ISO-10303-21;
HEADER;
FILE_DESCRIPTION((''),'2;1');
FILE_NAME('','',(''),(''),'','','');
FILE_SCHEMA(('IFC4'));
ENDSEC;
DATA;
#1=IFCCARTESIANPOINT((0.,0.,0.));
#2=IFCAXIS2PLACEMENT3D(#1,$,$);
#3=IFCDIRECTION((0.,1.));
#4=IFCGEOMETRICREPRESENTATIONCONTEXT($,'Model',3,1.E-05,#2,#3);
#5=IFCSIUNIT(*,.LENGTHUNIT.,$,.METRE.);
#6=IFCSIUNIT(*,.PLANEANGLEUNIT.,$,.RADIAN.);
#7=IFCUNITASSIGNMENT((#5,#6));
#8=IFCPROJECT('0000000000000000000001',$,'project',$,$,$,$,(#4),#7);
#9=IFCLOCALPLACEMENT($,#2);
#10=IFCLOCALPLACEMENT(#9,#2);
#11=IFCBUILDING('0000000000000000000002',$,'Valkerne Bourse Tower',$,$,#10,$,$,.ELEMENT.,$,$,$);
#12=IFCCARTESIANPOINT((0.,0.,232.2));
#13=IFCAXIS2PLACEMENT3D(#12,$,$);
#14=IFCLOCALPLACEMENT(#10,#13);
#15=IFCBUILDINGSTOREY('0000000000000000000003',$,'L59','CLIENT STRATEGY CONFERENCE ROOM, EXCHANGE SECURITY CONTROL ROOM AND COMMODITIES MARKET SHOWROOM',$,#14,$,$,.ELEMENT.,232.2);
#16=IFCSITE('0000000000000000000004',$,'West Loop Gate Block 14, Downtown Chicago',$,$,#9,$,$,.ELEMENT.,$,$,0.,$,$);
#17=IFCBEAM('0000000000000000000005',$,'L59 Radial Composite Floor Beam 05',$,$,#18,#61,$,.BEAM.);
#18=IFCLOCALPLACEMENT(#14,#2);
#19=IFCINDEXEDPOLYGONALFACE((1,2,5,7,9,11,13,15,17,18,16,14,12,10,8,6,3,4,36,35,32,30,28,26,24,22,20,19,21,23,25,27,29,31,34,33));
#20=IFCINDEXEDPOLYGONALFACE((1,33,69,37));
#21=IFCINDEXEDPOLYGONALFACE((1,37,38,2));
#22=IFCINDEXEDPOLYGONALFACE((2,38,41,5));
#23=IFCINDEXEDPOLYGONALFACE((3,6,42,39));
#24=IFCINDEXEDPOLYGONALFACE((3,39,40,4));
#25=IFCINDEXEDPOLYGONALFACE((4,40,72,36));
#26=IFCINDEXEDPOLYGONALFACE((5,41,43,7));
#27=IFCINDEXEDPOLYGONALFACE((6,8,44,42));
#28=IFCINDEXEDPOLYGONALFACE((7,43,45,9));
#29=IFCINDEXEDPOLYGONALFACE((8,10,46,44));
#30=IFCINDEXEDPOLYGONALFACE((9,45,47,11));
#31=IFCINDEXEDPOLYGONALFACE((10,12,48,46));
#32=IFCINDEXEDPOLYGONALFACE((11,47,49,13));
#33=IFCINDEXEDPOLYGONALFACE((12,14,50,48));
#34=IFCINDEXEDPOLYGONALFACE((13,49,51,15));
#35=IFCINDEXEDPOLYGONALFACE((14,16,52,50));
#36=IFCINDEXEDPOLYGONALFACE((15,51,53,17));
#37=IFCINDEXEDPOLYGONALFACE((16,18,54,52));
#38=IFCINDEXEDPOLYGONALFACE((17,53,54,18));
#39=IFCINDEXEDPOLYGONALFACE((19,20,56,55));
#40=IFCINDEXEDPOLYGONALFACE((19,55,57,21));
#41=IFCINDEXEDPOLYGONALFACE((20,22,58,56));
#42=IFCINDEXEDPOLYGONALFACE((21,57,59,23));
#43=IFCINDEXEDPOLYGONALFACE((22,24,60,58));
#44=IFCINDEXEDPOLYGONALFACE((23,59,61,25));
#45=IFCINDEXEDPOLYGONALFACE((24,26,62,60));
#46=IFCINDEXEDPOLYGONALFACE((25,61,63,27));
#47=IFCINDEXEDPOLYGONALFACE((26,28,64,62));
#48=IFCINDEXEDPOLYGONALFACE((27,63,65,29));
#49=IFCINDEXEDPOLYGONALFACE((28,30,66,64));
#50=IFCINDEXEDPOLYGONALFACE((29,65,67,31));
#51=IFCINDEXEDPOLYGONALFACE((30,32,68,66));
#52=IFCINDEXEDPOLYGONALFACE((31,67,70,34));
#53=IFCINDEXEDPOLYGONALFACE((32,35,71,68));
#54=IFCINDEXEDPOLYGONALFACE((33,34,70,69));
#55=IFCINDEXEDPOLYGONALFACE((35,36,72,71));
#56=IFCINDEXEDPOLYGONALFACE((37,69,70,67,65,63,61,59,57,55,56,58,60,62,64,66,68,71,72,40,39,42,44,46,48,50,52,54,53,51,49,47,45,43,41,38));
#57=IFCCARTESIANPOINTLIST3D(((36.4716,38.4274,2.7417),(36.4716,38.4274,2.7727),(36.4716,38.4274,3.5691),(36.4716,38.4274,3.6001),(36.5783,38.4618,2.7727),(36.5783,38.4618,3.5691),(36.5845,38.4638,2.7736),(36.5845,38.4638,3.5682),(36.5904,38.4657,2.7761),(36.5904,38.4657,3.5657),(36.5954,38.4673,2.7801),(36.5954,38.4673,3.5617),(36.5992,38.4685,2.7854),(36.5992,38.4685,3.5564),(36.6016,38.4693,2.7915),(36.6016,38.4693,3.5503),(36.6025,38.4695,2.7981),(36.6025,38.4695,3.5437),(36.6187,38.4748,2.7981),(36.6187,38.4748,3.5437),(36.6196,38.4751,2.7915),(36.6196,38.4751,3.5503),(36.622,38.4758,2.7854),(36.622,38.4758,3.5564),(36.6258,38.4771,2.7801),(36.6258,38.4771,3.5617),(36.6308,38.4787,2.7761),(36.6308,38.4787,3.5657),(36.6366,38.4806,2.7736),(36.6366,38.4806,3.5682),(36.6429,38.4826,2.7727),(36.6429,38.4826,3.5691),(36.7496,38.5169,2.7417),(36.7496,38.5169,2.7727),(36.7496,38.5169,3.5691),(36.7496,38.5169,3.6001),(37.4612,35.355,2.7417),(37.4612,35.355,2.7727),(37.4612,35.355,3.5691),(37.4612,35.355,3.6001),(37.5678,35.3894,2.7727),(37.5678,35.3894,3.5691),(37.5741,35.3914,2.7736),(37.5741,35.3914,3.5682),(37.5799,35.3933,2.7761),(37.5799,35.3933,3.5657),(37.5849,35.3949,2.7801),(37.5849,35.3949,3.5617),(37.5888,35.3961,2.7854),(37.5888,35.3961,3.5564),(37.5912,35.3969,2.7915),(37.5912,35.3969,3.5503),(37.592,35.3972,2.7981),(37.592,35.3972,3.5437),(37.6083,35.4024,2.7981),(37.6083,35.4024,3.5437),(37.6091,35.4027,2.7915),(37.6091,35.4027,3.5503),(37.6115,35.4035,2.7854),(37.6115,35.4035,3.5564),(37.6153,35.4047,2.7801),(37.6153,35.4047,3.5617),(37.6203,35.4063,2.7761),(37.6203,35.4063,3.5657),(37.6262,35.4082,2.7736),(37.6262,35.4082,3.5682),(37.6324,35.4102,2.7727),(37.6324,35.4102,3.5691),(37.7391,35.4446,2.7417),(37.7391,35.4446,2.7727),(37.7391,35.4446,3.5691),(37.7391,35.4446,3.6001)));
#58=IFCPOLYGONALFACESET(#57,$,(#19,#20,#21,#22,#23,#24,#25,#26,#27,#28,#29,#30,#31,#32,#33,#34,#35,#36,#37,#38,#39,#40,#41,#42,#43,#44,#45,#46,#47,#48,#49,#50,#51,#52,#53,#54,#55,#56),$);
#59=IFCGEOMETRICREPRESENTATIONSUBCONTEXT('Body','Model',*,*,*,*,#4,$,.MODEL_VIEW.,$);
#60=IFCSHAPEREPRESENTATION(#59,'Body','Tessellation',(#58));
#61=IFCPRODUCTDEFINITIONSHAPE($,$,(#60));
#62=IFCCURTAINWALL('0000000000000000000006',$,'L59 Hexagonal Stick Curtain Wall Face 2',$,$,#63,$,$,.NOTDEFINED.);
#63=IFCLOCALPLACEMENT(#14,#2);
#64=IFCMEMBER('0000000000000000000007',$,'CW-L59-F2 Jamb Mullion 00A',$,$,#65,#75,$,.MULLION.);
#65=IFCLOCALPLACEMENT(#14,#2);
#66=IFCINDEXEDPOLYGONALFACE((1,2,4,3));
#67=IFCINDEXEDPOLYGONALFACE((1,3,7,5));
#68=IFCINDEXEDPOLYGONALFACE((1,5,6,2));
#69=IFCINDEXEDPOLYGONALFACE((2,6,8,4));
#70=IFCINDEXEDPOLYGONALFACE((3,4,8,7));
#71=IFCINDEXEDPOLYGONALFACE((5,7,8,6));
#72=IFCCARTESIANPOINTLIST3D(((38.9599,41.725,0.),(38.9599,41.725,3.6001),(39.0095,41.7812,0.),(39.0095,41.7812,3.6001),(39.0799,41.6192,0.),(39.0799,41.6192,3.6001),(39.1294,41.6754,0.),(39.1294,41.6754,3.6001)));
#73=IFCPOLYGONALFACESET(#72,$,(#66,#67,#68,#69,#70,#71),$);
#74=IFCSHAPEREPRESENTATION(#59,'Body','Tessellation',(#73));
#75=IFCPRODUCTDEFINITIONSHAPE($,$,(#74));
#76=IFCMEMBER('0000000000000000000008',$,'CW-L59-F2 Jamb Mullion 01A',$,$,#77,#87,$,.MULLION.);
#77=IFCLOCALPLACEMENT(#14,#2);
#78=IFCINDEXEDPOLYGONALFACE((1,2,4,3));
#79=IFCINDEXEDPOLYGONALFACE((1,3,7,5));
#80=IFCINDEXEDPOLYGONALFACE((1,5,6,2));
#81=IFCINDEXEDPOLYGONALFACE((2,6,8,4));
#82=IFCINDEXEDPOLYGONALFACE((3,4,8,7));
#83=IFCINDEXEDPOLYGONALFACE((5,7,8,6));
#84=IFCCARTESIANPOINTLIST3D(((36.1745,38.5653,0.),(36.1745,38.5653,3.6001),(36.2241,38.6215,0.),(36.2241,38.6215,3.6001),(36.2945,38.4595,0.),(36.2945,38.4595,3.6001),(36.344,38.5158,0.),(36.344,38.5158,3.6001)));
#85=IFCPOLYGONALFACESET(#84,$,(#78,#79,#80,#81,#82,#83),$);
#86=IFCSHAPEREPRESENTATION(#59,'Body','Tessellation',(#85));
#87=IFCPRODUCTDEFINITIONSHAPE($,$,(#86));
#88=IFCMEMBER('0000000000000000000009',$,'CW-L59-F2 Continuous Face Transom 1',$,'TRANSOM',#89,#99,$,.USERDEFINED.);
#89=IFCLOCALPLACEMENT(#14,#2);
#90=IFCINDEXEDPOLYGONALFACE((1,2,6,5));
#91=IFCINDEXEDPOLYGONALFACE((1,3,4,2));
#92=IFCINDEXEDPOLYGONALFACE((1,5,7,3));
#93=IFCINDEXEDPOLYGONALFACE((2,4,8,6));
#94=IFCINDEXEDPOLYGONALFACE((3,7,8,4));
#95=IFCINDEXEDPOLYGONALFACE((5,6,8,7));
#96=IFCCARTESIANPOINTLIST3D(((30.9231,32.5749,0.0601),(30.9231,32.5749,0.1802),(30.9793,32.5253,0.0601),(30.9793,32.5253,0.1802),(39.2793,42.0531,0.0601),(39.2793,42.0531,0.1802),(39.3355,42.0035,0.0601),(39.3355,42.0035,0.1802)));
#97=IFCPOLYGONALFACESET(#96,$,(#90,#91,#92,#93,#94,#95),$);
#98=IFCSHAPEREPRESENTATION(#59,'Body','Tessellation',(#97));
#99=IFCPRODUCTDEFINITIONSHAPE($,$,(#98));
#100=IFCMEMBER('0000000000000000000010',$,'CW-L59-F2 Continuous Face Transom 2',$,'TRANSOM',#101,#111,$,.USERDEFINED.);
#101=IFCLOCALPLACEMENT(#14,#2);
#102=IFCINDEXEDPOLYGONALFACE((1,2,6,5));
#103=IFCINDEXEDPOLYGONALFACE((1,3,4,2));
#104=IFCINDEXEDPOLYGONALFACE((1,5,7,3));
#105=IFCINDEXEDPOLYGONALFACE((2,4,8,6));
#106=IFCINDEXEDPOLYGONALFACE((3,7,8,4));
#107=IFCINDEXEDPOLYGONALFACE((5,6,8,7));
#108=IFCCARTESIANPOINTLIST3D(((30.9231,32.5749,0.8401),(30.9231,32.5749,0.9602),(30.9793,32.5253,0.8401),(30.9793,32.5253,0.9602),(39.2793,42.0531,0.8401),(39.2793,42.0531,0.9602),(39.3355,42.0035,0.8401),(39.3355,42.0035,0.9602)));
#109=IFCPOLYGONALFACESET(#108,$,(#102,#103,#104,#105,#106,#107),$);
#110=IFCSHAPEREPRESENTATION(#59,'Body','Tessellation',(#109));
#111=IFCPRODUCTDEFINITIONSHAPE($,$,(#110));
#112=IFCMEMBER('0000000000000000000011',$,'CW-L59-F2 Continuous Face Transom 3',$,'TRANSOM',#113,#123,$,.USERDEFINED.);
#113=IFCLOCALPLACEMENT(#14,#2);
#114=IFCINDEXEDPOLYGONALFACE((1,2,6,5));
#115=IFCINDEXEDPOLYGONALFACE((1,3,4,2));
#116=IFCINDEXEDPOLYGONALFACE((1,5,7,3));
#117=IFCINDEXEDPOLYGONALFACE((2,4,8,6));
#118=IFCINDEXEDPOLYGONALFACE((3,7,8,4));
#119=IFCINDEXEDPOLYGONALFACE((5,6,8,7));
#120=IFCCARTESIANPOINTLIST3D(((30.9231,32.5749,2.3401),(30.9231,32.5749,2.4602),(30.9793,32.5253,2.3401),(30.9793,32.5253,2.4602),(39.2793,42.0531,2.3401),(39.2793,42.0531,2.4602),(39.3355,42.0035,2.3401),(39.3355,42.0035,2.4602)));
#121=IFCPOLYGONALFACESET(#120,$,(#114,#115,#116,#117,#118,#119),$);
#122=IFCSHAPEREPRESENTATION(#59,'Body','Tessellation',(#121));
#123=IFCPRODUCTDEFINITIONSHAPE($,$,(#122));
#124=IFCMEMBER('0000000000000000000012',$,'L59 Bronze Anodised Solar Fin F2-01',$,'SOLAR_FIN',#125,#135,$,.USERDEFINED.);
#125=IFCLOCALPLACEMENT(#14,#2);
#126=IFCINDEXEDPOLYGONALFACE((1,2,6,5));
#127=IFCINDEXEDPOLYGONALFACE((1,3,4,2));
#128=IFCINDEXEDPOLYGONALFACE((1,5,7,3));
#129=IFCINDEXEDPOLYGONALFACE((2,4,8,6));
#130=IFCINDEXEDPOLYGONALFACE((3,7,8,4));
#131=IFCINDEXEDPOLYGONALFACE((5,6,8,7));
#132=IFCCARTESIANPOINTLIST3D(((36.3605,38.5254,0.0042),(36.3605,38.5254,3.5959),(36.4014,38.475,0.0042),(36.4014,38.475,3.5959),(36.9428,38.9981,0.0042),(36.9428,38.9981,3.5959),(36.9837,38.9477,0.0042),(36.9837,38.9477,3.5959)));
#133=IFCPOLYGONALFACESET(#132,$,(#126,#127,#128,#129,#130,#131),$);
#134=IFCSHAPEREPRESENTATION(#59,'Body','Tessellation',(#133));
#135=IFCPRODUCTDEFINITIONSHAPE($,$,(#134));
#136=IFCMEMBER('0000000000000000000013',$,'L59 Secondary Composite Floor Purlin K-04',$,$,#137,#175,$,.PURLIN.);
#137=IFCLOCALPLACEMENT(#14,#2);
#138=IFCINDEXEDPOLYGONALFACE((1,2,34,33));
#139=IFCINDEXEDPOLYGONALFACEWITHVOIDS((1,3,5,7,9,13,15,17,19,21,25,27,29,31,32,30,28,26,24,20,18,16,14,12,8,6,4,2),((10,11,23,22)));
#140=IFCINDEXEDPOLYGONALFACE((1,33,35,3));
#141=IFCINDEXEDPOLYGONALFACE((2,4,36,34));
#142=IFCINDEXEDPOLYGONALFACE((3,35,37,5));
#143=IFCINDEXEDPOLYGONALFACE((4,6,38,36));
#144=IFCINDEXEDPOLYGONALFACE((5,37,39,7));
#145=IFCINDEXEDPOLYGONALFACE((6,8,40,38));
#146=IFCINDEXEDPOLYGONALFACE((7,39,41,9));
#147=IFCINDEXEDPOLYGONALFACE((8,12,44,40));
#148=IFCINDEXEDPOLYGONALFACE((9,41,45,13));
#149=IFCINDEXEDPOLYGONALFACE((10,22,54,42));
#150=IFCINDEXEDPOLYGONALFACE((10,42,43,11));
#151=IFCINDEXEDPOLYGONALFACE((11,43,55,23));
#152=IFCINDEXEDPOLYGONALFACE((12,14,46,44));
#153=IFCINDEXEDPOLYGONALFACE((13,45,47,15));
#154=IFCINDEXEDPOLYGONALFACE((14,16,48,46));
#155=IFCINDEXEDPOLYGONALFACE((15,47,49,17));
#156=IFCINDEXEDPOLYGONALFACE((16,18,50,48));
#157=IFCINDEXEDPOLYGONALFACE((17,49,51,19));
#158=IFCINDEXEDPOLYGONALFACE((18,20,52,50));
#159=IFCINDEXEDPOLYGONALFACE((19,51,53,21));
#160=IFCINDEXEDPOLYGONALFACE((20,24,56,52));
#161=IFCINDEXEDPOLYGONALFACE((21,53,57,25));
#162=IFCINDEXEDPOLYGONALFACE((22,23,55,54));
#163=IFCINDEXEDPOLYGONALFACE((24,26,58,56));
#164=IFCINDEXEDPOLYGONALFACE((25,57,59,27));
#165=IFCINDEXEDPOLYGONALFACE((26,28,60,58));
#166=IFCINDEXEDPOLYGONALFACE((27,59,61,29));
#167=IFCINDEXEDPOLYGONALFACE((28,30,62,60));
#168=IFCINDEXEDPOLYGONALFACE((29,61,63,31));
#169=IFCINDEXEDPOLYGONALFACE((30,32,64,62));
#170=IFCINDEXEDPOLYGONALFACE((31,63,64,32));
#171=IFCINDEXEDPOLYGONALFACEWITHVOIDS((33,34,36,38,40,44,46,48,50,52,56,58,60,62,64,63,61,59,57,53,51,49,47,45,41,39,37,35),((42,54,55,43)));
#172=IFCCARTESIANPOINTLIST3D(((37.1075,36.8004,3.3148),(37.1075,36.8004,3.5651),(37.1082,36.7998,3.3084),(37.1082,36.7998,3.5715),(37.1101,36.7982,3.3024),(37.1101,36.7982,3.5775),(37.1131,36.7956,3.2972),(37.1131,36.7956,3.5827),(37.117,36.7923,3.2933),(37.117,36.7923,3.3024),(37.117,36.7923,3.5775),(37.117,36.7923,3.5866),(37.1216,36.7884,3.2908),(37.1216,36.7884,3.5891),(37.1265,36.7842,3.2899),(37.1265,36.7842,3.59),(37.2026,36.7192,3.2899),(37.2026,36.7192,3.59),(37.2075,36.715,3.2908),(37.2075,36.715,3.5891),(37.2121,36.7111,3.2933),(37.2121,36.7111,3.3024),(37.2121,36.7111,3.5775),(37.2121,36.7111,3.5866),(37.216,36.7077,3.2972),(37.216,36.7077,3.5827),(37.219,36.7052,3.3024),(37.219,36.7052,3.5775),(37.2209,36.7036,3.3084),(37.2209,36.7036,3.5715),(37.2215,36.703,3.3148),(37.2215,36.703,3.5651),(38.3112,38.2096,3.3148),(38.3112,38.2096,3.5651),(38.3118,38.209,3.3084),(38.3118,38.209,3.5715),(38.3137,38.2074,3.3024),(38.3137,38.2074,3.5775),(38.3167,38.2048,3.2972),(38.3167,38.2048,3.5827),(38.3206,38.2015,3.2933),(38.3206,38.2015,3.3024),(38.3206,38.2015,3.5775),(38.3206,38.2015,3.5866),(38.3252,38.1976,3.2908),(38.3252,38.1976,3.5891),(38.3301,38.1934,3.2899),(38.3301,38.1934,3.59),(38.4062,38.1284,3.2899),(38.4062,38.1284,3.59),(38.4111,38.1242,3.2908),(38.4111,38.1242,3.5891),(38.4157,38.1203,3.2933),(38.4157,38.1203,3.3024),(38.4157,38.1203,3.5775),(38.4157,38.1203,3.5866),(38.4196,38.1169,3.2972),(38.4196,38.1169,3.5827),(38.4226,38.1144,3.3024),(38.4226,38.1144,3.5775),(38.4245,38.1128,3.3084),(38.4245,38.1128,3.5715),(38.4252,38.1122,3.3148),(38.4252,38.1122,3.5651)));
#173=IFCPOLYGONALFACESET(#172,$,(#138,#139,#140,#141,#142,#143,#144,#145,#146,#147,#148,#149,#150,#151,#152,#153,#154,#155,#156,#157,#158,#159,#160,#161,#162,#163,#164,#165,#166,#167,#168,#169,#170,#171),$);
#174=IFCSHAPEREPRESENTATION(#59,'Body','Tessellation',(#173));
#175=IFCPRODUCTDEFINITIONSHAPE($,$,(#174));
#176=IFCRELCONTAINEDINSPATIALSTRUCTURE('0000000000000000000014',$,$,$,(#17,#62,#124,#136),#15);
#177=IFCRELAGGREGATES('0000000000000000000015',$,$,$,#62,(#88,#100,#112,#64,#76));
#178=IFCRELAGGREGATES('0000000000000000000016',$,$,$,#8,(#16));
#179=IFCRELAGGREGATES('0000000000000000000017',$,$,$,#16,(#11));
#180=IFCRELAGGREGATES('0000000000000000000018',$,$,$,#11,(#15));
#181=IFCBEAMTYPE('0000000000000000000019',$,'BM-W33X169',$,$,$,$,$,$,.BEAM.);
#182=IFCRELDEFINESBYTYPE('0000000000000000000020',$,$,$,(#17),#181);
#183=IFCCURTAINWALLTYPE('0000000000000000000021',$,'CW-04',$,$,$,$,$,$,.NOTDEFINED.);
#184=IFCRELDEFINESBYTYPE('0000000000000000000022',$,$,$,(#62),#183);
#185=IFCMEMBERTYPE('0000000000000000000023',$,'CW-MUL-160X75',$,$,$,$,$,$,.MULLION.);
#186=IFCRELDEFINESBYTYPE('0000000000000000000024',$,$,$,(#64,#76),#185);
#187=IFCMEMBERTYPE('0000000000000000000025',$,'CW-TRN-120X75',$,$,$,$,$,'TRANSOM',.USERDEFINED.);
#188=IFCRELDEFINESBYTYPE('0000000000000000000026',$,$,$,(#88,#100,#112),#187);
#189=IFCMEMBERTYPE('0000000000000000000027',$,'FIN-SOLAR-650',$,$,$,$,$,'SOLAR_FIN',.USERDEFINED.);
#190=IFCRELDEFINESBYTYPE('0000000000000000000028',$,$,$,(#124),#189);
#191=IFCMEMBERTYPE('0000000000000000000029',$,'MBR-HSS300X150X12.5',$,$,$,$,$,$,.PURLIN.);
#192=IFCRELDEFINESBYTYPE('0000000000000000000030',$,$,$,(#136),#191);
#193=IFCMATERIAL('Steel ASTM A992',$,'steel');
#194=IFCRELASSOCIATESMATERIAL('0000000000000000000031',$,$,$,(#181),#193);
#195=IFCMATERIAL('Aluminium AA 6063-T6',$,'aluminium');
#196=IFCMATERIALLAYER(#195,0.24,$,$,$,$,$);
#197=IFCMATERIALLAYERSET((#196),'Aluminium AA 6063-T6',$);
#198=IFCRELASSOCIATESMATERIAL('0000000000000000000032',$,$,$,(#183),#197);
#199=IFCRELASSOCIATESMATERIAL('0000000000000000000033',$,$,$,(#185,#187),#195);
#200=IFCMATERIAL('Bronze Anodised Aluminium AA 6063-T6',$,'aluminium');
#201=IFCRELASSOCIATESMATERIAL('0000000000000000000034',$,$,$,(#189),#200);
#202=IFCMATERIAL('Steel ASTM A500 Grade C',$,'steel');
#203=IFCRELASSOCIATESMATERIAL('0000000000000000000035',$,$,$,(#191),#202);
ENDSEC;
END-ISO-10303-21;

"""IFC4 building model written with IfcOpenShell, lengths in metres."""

from ifc_helpers import new_model, si_unit, direction, frame, origin, origin_2d, place, context, subcontext, project, spatial, rectangle, hollow_rectangle, i_section, extrude, material, layer, layer_set, material_profile, profile_set, type_object, element, aggregate, save


model = new_model("IFC4")

# Units and contexts
model_context = context("Model", 3, precision=1e-05, world=origin(), true_north=direction((0.0, 1.0)))
body_context = subcontext(model_context, "Body", "Model", "MODEL_VIEW")
ifc_project = project(units=[si_unit("LENGTHUNIT", "METRE"), si_unit("PLANEANGLEUNIT", "RADIAN")], contexts=[model_context])

# Site, building, storey
site_placement = place(None, origin())
site = spatial("IfcSite", under=ifc_project, at=site_placement, Name="West Loop Gate Block 14, Downtown Chicago", CompositionType="ELEMENT", RefElevation=0.0)
building_placement = place(site_placement, origin())
building = spatial("IfcBuilding", under=site, at=building_placement, Name="Valkerne Bourse Tower", CompositionType="ELEMENT")
storey_placement = place(building_placement, frame((0.0, 0.0, 232.2)))
storey = spatial("IfcBuildingStorey", under=building, at=storey_placement, Name="L59", Description="CLIENT STRATEGY CONFERENCE ROOM, EXCHANGE SECURITY CONTROL ROOM AND COMMODITIES MARKET SHOWROOM", CompositionType="ELEMENT", Elevation=232.2)

# Beam
ifc_material_1 = material(Name="Steel ASTM A992", Category="steel")
ifc_material_profile_1 = material_profile(ifc_material_1, i_section(OverallWidth=0.292, OverallDepth=0.8584, WebThickness=0.0171, FlangeThickness=0.031, FilletRadius=0.0254, at=origin_2d()), Name="W33X169")
ifc_profile_set_1 = profile_set([ifc_material_profile_1], Name="Steel ASTM A992")
beam_type_1 = type_object("IfcBeamType", Name="BM-W33X169", PredefinedType="BEAM", material=ifc_profile_set_1)
beam_1_placement = place(storey_placement, frame((36.6106, 38.4722, 3.1709), z_axis=(0.306567, -0.951849, 0.0), x_axis=(0.951849, 0.306567, 0.0)))
element("IfcBeam", 1, at=beam_1_placement, inside=storey, type_object=beam_type_1, Name="L59 Radial Composite Floor Beam 05", PredefinedType="BEAM", context=body_context, shape_type="SweptSolid", body=[
    extrude(i_section(OverallWidth=0.292, OverallDepth=0.8584, WebThickness=0.0171, FlangeThickness=0.031, FilletRadius=0.0254, at=origin_2d()), origin(), (0.0, 0.0, 1.0), 3.2278),
])

# Curtain wall, members
ifc_material_2 = material(Name="Aluminium AA 6063-T6", Category="aluminium")
ifc_layer_1 = layer(ifc_material_2, 0.24)
ifc_layer_set_1 = layer_set([ifc_layer_1], Name="Aluminium AA 6063-T6")
curtain_wall_type = type_object("IfcCurtainWallType", Name="CW-04", PredefinedType="NOTDEFINED", material=ifc_layer_set_1)
curtain_wall_placement = place(storey_placement, origin())
curtain_wall = element("IfcCurtainWall", 2, at=curtain_wall_placement, inside=storey, type_object=curtain_wall_type, Name="L59 Hexagonal Stick Curtain Wall Face 2", PredefinedType="NOTDEFINED")
ifc_material_profile_2 = material_profile(ifc_material_2, rectangle(XDim=0.075, YDim=0.1599, at=origin_2d()), Name="CWM-75X160")
ifc_profile_set_2 = profile_set([ifc_material_profile_2], Name="Aluminium AA 6063-T6")
member_type_1 = type_object("IfcMemberType", Name="CW-MUL-160X75", PredefinedType="MULLION", material=ifc_profile_set_2)
member_1_placement = place(storey_placement, frame((39.0447, 41.7002, 0.0), z_axis=(0.0, 0.0, 1.0), x_axis=(-0.661302, -0.75012, 0.0)))
member_1 = element("IfcMember", 3, at=member_1_placement, type_object=member_type_1, Name="CW-L59-F2 Jamb Mullion 00A", PredefinedType="MULLION", context=body_context, shape_type="SweptSolid", body=[
    extrude(rectangle(XDim=0.075, YDim=0.1599, at=origin_2d()), origin(), (0.0, 0.0, 1.0), 3.6001),
])
member_2_placement = place(storey_placement, frame((36.2593, 38.5405, 0.0), z_axis=(0.0, 0.0, 1.0), x_axis=(-0.661327, -0.750098, 0.0)))
member_2 = element("IfcMember", 4, at=member_2_placement, type_object=member_type_1, Name="CW-L59-F2 Jamb Mullion 01A", PredefinedType="MULLION", context=body_context, shape_type="SweptSolid", body=[
    extrude(rectangle(XDim=0.075, YDim=0.1599, at=origin_2d()), origin(), (0.0, 0.0, 1.0), 3.6001),
])
ifc_material_profile_3 = material_profile(ifc_material_2, rectangle(XDim=0.075, YDim=0.1201, at=origin_2d()), Name="CWT-75X120")
ifc_profile_set_3 = profile_set([ifc_material_profile_3], Name="Aluminium AA 6063-T6")
member_type_2 = type_object("IfcMemberType", Name="CW-TRN-120X75", ElementType="TRANSOM", PredefinedType="USERDEFINED", material=ifc_profile_set_3)
member_3_placement = place(storey_placement, frame((39.3074, 42.0283, 0.1201), z_axis=(-0.661311, -0.750112, 0.0), x_axis=(0.750112, -0.661311, 0.0)))
member_3 = element("IfcMember", 5, at=member_3_placement, type_object=member_type_2, Name="CW-L59-F2 Continuous Face Transom 1", ObjectType="TRANSOM", PredefinedType="USERDEFINED", context=body_context, shape_type="SweptSolid", body=[
    extrude(rectangle(XDim=0.075, YDim=0.1201, at=origin_2d()), origin(), (0.0, 0.0, 1.0), 12.6357),
])
member_4_placement = place(storey_placement, frame((39.3074, 42.0283, 0.9001), z_axis=(-0.661311, -0.750112, 0.0), x_axis=(0.750112, -0.661311, 0.0)))
member_4 = element("IfcMember", 6, at=member_4_placement, type_object=member_type_2, Name="CW-L59-F2 Continuous Face Transom 2", ObjectType="TRANSOM", PredefinedType="USERDEFINED", context=body_context, shape_type="SweptSolid", body=[
    extrude(rectangle(XDim=0.075, YDim=0.1201, at=origin_2d()), origin(), (0.0, 0.0, 1.0), 12.6357),
])
member_5_placement = place(storey_placement, frame((39.3074, 42.0283, 2.4001), z_axis=(-0.661311, -0.750112, 0.0), x_axis=(0.750112, -0.661311, 0.0)))
member_5 = element("IfcMember", 7, at=member_5_placement, type_object=member_type_2, Name="CW-L59-F2 Continuous Face Transom 3", ObjectType="TRANSOM", PredefinedType="USERDEFINED", context=body_context, shape_type="SweptSolid", body=[
    extrude(rectangle(XDim=0.075, YDim=0.1201, at=origin_2d()), origin(), (0.0, 0.0, 1.0), 12.6357),
])

# Members
ifc_material_3 = material(Name="Bronze Anodised Aluminium AA 6063-T6", Category="aluminium")
ifc_material_profile_4 = material_profile(ifc_material_3, rectangle(XDim=0.0649, YDim=0.75, at=origin_2d()), Name="FIN-65X750")
ifc_profile_set_4 = profile_set([ifc_material_profile_4], Name="Bronze Anodised Aluminium AA 6063-T6")
member_type_3 = type_object("IfcMemberType", Name="FIN-SOLAR-650", ElementType="SOLAR_FIN", PredefinedType="USERDEFINED", material=ifc_profile_set_4)
member_6_placement = place(storey_placement, frame((36.6721, 38.7366, 0.0042), z_axis=(0.0, 0.0, 1.0), x_axis=(-0.63025, 0.776393, 0.0)))
element("IfcMember", 8, at=member_6_placement, inside=storey, type_object=member_type_3, Name="L59 Bronze Anodised Solar Fin F2-01", ObjectType="SOLAR_FIN", PredefinedType="USERDEFINED", context=body_context, shape_type="SweptSolid", body=[
    extrude(rectangle(XDim=0.0649, YDim=0.75, at=origin_2d()), origin(), (0.0, 0.0, 1.0), 3.5918),
])
ifc_material_4 = material(Name="Steel ASTM A500 Grade C", Category="steel")
ifc_material_profile_5 = material_profile(ifc_material_4, hollow_rectangle(XDim=0.1499, YDim=0.3, WallThickness=0.0125, OuterFilletRadius=0.0249, at=origin_2d()), Name="HSS300X150X12.5")
ifc_profile_set_5 = profile_set([ifc_material_profile_5], Name="Steel ASTM A500 Grade C")
member_type_4 = type_object("IfcMemberType", Name="MBR-HSS300X150X12.5", PredefinedType="PURLIN", material=ifc_profile_set_5)
for number, where, z_axis, x_axis, name in (
    (9, (38.3682, 38.1609, 3.4399), (-0.649467, -0.76039, 0.0), (0.76039, -0.649467, 0.0), "L59 Secondary Composite Floor Purlin K-04"),
):
    element("IfcMember", number, at=place(storey_placement, frame(where, z_axis=z_axis, x_axis=x_axis)), inside=storey, type_object=member_type_4, Name=name, PredefinedType="PURLIN", context=body_context, shape_type="SweptSolid", body=[
        extrude(hollow_rectangle(XDim=0.1499, YDim=0.3, WallThickness=0.0125, OuterFilletRadius=0.0249, at=origin_2d()), origin(), (0.0, 0.0, 1.0), 1.8533),
    ])

aggregate(curtain_wall, [member_3, member_4, member_5, member_1, member_2])

save(model, "model.ifc")
